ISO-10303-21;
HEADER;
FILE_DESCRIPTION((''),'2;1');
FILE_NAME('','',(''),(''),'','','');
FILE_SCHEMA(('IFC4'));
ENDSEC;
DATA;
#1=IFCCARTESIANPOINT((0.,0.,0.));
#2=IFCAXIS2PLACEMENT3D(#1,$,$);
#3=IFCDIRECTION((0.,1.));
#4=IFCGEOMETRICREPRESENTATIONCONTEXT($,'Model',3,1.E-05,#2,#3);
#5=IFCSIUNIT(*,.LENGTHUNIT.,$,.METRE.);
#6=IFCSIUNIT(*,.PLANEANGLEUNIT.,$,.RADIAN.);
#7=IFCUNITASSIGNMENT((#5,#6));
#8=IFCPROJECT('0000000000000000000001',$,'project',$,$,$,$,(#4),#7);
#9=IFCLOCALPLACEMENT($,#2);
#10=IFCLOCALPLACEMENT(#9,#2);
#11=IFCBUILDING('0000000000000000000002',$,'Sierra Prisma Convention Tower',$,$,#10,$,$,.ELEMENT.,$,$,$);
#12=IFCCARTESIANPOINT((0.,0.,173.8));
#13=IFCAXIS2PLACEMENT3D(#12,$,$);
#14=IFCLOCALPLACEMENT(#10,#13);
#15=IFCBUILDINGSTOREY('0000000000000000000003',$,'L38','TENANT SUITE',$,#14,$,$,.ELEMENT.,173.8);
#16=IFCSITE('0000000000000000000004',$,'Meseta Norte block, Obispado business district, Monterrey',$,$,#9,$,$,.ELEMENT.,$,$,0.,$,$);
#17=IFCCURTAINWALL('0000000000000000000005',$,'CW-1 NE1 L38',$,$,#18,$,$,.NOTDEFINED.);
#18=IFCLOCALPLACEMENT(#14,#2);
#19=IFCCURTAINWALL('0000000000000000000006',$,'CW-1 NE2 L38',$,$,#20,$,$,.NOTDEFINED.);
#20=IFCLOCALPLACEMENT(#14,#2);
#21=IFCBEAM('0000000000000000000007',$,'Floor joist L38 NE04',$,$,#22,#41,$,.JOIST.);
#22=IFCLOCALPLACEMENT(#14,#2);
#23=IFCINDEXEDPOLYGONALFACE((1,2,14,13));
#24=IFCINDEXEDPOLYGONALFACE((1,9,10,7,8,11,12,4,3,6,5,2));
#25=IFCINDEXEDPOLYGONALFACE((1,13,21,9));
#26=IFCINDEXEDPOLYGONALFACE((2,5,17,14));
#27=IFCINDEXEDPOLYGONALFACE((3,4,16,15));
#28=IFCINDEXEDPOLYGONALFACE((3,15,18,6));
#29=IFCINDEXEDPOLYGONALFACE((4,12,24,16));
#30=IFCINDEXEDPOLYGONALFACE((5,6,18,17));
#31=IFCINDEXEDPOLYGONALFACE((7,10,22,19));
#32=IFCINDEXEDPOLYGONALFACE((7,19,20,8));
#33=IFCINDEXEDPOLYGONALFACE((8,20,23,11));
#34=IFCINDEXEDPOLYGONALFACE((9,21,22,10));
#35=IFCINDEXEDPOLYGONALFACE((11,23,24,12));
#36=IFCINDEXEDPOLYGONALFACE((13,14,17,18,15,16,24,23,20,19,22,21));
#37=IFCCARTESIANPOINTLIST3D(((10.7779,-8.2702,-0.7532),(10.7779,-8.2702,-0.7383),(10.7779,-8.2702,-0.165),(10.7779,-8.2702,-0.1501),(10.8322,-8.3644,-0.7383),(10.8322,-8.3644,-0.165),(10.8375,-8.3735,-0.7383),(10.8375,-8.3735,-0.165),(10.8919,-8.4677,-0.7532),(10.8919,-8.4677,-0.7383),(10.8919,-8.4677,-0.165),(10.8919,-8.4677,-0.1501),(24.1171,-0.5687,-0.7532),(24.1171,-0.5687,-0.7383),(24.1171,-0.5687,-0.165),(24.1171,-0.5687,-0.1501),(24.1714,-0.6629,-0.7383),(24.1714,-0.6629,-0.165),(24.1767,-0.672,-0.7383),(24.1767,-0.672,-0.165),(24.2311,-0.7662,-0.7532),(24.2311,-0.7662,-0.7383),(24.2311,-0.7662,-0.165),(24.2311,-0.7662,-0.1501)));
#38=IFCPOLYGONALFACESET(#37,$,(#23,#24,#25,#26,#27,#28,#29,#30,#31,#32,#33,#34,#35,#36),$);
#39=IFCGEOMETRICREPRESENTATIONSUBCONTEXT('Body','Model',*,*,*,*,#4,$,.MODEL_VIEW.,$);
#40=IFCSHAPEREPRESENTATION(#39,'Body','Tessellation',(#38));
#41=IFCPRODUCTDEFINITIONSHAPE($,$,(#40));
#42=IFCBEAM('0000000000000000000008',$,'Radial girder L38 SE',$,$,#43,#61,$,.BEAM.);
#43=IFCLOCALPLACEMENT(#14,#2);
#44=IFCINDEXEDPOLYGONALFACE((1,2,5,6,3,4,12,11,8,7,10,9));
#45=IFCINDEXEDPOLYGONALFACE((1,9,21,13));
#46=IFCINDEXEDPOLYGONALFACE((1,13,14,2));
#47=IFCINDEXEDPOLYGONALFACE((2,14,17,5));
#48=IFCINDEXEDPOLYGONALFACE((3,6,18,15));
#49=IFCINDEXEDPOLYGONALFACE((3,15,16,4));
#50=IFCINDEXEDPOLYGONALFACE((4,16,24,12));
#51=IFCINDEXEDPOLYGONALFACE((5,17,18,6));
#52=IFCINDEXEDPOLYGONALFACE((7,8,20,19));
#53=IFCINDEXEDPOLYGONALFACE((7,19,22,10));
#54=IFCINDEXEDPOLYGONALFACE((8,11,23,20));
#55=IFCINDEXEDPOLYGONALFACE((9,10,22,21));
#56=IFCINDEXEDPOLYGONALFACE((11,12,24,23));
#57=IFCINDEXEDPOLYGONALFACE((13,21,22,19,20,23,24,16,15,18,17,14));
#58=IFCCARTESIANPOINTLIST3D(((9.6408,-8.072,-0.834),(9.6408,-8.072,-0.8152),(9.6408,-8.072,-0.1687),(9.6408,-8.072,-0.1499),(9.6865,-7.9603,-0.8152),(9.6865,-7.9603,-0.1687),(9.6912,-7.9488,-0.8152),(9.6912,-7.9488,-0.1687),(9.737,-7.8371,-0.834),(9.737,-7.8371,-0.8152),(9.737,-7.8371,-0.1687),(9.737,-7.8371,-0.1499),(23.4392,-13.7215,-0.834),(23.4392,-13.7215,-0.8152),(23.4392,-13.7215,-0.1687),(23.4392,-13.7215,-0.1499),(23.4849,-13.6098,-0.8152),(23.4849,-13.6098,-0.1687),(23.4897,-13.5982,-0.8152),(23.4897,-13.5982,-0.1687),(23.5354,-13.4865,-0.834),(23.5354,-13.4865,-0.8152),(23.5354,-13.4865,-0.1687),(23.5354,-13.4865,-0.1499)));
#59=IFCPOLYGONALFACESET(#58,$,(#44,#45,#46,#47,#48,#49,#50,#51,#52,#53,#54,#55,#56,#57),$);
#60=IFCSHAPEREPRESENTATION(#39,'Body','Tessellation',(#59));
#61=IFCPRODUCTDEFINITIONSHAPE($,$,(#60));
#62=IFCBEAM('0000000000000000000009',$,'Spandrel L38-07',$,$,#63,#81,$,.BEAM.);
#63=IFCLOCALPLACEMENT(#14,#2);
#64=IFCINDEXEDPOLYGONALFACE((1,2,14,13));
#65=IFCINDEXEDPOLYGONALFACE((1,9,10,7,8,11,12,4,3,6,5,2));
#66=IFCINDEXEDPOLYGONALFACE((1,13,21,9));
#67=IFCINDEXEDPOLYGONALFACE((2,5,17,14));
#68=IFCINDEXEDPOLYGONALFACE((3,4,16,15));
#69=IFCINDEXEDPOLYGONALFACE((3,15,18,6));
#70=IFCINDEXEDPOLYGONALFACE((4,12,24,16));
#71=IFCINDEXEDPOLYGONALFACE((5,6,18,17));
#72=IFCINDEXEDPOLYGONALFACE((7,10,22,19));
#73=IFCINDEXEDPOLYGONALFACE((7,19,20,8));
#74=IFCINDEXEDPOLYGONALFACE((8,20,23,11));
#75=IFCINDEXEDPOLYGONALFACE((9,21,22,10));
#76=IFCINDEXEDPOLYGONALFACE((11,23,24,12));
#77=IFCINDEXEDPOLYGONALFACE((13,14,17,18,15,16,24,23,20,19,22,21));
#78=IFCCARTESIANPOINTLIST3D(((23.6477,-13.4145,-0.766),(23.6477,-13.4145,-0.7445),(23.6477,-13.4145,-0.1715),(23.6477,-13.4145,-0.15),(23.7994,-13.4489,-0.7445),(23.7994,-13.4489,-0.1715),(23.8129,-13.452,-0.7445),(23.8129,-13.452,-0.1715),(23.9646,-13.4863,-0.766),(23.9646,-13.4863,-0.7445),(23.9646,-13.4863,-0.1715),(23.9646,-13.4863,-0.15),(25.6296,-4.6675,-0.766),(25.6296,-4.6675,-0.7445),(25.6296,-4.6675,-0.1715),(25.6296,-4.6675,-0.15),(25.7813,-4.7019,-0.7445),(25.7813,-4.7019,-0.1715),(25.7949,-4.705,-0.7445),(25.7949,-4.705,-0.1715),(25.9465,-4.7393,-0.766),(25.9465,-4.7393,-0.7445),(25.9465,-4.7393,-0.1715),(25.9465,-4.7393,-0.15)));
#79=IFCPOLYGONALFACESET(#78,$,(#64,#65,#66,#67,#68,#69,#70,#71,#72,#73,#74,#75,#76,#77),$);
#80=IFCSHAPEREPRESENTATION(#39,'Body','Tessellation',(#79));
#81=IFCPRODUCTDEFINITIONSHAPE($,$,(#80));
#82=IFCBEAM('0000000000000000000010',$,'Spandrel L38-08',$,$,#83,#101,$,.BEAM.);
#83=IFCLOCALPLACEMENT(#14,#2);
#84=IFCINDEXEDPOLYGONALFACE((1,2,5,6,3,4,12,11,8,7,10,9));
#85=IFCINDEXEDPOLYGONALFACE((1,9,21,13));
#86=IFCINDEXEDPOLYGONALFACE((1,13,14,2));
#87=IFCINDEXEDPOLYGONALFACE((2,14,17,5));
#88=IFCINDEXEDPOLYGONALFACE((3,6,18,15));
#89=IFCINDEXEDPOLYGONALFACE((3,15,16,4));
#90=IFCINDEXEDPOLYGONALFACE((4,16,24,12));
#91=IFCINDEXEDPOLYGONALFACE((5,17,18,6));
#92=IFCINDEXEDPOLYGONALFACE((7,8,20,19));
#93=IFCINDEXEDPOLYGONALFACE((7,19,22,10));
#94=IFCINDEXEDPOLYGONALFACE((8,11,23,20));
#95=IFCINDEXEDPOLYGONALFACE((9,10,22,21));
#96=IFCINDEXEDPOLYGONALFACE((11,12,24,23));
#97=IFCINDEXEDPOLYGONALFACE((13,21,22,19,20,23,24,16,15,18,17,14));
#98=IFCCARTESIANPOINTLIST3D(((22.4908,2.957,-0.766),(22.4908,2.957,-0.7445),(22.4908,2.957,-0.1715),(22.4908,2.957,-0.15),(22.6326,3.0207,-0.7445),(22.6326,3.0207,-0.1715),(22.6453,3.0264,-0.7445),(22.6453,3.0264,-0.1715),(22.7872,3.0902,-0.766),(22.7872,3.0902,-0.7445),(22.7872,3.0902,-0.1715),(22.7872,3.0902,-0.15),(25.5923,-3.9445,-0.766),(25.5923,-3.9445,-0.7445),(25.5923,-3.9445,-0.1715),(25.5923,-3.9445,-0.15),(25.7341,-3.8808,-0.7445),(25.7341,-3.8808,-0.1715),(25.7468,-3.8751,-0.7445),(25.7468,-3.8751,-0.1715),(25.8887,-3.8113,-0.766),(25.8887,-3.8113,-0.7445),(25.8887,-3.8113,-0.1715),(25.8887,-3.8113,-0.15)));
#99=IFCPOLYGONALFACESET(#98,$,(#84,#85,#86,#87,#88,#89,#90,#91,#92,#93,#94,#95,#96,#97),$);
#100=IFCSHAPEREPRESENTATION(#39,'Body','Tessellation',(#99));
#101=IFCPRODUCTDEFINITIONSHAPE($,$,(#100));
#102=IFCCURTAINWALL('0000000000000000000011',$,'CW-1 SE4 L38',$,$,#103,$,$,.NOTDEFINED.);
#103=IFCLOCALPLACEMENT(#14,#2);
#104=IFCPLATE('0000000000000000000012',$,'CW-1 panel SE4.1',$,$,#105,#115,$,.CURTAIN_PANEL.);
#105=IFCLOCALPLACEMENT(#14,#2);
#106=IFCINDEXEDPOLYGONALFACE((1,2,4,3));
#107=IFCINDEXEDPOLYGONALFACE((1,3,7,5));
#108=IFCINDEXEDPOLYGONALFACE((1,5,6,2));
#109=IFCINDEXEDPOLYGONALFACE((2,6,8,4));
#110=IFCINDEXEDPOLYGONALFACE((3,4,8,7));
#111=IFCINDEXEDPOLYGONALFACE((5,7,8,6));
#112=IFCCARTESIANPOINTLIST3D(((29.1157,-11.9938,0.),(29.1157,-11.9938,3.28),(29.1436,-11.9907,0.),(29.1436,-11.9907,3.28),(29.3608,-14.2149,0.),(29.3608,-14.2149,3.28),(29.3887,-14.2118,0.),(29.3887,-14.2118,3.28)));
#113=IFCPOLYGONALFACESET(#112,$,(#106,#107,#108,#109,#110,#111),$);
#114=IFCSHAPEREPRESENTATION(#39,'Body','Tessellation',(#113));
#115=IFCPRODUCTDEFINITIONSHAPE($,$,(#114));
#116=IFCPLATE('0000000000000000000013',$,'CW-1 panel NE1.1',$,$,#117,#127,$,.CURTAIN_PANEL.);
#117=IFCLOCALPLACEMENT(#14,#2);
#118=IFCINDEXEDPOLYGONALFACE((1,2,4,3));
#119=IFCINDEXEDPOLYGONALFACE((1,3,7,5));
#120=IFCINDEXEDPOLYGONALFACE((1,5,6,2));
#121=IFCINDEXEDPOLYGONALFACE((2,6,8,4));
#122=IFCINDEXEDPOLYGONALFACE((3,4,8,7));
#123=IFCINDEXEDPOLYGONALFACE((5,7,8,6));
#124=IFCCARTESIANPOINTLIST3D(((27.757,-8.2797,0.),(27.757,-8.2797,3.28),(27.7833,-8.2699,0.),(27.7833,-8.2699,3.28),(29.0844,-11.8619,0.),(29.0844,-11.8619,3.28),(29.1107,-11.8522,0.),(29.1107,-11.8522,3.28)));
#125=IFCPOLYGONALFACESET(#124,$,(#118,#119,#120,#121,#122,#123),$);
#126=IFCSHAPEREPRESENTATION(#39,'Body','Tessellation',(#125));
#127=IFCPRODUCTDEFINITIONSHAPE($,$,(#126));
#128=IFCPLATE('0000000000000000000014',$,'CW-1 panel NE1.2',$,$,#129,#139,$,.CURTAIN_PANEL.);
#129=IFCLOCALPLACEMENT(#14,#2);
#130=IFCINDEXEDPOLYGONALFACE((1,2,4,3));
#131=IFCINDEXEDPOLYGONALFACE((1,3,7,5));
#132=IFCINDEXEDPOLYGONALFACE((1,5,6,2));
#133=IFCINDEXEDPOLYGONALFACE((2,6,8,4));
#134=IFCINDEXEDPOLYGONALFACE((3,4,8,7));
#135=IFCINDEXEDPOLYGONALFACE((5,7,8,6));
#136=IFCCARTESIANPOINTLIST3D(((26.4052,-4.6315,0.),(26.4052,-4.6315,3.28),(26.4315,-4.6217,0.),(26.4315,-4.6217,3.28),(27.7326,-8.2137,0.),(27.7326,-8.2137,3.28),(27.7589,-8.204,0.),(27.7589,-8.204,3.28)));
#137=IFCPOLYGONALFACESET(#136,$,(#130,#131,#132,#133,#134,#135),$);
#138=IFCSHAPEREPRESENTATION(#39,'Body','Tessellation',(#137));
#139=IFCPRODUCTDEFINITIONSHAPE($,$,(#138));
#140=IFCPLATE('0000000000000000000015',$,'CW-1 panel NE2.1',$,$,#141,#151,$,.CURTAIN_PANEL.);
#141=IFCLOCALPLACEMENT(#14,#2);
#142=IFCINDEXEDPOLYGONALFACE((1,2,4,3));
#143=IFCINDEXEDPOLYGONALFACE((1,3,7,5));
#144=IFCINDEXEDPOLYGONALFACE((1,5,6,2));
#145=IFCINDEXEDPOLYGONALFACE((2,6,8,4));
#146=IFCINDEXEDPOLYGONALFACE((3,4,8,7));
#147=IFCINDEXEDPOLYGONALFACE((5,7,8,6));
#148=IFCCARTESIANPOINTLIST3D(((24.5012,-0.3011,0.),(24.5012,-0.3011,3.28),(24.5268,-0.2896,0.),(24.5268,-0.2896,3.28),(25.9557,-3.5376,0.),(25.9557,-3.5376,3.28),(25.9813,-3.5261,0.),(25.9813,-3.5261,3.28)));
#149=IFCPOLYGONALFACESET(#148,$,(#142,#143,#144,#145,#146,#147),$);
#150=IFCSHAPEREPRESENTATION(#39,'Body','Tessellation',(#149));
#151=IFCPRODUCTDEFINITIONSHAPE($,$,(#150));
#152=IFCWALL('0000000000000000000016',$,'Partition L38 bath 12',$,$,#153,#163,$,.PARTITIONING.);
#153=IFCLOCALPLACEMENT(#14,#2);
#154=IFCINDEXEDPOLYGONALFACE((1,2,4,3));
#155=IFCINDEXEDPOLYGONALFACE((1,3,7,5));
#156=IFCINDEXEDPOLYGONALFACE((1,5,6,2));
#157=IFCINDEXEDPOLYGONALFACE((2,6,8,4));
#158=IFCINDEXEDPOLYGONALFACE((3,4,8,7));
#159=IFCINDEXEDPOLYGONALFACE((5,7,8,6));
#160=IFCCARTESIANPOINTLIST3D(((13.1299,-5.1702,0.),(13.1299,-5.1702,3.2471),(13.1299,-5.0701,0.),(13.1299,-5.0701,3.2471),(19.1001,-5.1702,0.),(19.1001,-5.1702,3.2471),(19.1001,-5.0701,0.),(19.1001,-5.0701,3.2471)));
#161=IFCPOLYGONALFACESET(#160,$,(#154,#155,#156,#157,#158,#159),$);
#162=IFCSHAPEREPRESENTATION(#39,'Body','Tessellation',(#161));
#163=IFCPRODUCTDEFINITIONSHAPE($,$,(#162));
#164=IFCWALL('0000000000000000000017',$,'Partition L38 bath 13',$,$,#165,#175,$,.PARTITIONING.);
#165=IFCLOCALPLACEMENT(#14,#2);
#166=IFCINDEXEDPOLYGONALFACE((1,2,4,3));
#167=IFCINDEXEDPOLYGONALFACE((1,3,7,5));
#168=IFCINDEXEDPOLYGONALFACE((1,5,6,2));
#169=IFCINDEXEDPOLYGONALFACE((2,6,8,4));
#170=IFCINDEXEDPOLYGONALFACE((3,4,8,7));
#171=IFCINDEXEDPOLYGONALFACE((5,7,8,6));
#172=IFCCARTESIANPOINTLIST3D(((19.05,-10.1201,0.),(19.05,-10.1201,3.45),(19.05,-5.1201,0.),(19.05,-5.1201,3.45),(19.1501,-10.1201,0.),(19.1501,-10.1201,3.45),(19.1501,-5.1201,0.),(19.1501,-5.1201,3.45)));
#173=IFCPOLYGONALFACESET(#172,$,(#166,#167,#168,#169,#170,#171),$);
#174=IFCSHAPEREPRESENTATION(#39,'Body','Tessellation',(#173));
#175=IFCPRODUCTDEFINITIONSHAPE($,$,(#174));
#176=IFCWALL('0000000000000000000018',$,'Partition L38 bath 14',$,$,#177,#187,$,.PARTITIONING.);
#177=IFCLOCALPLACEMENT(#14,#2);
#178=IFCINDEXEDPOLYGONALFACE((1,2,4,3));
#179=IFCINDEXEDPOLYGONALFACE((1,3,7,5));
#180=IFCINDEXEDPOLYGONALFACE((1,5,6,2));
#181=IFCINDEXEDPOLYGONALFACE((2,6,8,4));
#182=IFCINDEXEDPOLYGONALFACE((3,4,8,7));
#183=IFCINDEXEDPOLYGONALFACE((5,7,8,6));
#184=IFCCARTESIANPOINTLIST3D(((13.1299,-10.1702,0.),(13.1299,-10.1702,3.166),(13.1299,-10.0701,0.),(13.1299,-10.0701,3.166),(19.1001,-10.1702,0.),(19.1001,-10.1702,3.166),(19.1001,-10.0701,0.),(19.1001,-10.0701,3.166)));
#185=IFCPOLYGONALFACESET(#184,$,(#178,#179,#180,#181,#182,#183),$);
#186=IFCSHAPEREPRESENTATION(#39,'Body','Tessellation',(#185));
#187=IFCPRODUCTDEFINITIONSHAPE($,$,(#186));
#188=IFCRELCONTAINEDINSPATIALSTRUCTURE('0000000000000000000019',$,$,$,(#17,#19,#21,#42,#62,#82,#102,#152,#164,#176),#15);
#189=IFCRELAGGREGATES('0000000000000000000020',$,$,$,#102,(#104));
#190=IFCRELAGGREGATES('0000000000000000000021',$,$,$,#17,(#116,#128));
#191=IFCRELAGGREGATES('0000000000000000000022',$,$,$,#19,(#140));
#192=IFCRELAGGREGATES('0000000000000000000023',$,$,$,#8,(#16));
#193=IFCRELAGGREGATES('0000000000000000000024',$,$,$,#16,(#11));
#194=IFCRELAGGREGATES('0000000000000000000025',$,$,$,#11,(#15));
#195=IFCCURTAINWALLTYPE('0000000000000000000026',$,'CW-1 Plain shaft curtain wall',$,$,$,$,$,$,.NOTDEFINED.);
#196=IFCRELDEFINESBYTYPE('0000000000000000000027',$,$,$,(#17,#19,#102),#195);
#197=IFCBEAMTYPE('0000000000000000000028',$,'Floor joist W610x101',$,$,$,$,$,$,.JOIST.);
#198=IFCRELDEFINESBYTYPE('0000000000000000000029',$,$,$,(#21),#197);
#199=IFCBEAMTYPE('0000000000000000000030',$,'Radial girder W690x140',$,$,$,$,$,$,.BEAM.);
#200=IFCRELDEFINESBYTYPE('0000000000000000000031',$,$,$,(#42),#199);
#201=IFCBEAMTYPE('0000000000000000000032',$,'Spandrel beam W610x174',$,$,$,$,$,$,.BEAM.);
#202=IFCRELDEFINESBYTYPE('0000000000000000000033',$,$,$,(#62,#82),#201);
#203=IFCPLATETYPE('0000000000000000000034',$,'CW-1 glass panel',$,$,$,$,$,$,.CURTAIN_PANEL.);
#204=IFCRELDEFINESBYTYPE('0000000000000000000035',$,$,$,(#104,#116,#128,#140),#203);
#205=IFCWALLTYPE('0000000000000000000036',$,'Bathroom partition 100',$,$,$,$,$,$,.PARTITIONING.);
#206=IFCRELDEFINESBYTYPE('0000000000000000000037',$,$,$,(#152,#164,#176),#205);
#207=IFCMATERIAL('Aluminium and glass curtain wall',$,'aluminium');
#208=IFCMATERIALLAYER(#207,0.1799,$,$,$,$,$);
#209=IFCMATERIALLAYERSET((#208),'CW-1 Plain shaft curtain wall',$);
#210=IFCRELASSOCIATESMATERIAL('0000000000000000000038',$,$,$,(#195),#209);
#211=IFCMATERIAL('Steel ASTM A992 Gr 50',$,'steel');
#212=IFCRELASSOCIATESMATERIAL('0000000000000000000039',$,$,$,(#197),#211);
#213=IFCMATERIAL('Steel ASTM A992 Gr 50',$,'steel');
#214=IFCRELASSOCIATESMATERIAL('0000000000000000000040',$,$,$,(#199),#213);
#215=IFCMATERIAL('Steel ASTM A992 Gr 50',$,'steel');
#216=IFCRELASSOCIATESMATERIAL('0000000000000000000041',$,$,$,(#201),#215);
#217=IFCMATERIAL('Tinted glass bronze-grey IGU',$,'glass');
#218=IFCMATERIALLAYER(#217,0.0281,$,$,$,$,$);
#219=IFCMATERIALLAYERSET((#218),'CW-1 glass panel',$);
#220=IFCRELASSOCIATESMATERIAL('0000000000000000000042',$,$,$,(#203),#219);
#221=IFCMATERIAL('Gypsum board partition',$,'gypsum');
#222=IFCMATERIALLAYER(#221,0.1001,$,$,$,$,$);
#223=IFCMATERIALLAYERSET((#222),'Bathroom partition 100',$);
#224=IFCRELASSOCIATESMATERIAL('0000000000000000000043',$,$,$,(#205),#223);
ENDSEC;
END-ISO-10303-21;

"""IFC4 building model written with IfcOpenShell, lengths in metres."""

from ifc_helpers import new_model, si_unit, direction, frame, frame_2d, origin, origin_2d, place, context, subcontext, project, spatial, rectangle, i_section, extrude, material, layer, layer_set, material_profile, profile_set, type_object, element, aggregate, save


model = new_model("IFC4")

# Units and contexts
model_context = context("Model", 3, precision=1e-05, world=origin(), true_north=direction((0.0, 1.0)))
body_context = subcontext(model_context, "Body", "Model", "MODEL_VIEW")
ifc_project = project(units=[si_unit("LENGTHUNIT", "METRE"), si_unit("PLANEANGLEUNIT", "RADIAN")], contexts=[model_context])

# Site, building, storey
site_placement = place(None, origin())
site = spatial("IfcSite", under=ifc_project, at=site_placement, Name="Meseta Norte block, Obispado business district, Monterrey", CompositionType="ELEMENT", RefElevation=0.0)
building_placement = place(site_placement, origin())
building = spatial("IfcBuilding", under=site, at=building_placement, Name="Sierra Prisma Convention Tower", CompositionType="ELEMENT")
storey_placement = place(building_placement, frame((0.0, 0.0, 173.8)))
storey = spatial("IfcBuildingStorey", under=building, at=storey_placement, Name="L38", Description="TENANT SUITE", CompositionType="ELEMENT", Elevation=173.8)

# Curtain walls
ifc_material_1 = material(Name="Aluminium and glass curtain wall", Category="aluminium")
ifc_layer_1 = layer(ifc_material_1, 0.1799)
ifc_layer_set_1 = layer_set([ifc_layer_1], Name="CW-1 Plain shaft curtain wall")
curtain_wall_type = type_object("IfcCurtainWallType", Name="CW-1 Plain shaft curtain wall", PredefinedType="NOTDEFINED", material=ifc_layer_set_1)
curtain_wall_1_placement = place(storey_placement, origin())
curtain_wall_1 = element("IfcCurtainWall", 1, at=curtain_wall_1_placement, inside=storey, type_object=curtain_wall_type, Name="CW-1 NE1 L38", PredefinedType="NOTDEFINED")
curtain_wall_2_placement = place(storey_placement, origin())
curtain_wall_2 = element("IfcCurtainWall", 2, at=curtain_wall_2_placement, inside=storey, type_object=curtain_wall_type, Name="CW-1 NE2 L38", PredefinedType="NOTDEFINED")

# Beams
ifc_material_2 = material(Name="Steel ASTM A992 Gr 50", Category="steel")
ifc_material_profile_1 = material_profile(ifc_material_2, i_section(OverallWidth=0.228, OverallDepth=0.603, WebThickness=0.0105, FlangeThickness=0.0149, at=origin_2d()), Name="W610x101")
ifc_profile_set_1 = profile_set([ifc_material_profile_1], Name="Steel ASTM A992 Gr 50")
beam_type_1 = type_object("IfcBeamType", Name="Floor joist W610x101", PredefinedType="JOIST", material=ifc_profile_set_1)
beam_1_placement = place(storey_placement, frame((24.1741, -0.6675, -0.4517), z_axis=(-0.866023, -0.500004, 0.0), x_axis=(0.500004, -0.866023, 0.0)))
element("IfcBeam", 3, at=beam_1_placement, inside=storey, type_object=beam_type_1, Name="Floor joist L38 NE04", PredefinedType="JOIST", context=body_context, shape_type="SweptSolid", body=[
    extrude(i_section(OverallWidth=0.228, OverallDepth=0.603, WebThickness=0.0105, FlangeThickness=0.0149, at=origin_2d()), origin(), (0.0, 0.0, 1.0), 15.4028),
])
ifc_material_3 = material(Name="Steel ASTM A992 Gr 50", Category="steel")
ifc_material_profile_2 = material_profile(ifc_material_3, i_section(OverallWidth=0.2539, OverallDepth=0.6841, WebThickness=0.0125, FlangeThickness=0.0188, at=origin_2d()), Name="W690x140")
ifc_profile_set_2 = profile_set([ifc_material_profile_2], Name="Steel ASTM A992 Gr 50")
beam_type_2 = type_object("IfcBeamType", Name="Radial girder W690x140", PredefinedType="BEAM", material=ifc_profile_set_2)
beam_2_placement = place(storey_placement, frame((23.4873, -13.604, -0.4919), z_axis=(-0.925438, 0.378899, 0.0), x_axis=(-0.378899, -0.925438, 0.0)))
element("IfcBeam", 4, at=beam_2_placement, inside=storey, type_object=beam_type_2, Name="Radial girder L38 SE", PredefinedType="BEAM", context=body_context, shape_type="SweptSolid", body=[
    extrude(i_section(OverallWidth=0.2539, OverallDepth=0.6841, WebThickness=0.0125, FlangeThickness=0.0188, at=origin_2d()), origin(), (0.0, 0.0, 1.0), 14.9102),
])
ifc_material_4 = material(Name="Steel ASTM A992 Gr 50", Category="steel")
ifc_material_profile_3 = material_profile(ifc_material_4, i_section(OverallWidth=0.325, OverallDepth=0.616, WebThickness=0.0139, FlangeThickness=0.0215, at=origin_2d()), Name="W610x174")
ifc_profile_set_3 = profile_set([ifc_material_profile_3], Name="Steel ASTM A992 Gr 50")
beam_type_3 = type_object("IfcBeamType", Name="Spandrel beam W610x174", PredefinedType="BEAM", material=ifc_profile_set_3)
beam_3_placement = place(storey_placement, frame((23.8062, -13.4504, -0.458), z_axis=(0.220981, 0.975278, 0.0), x_axis=(-0.975278, 0.220981, 0.0)))
element("IfcBeam", 5, at=beam_3_placement, inside=storey, type_object=beam_type_3, Name="Spandrel L38-07", PredefinedType="BEAM", context=body_context, shape_type="SweptSolid", body=[
    extrude(i_section(OverallWidth=0.325, OverallDepth=0.616, WebThickness=0.0139, FlangeThickness=0.0215, at=origin_2d()), origin(), (0.0, 0.0, 1.0), 8.9688),
])
beam_4_placement = place(storey_placement, frame((25.7405, -3.8779, -0.458), z_axis=(-0.409907, 0.912127, 0.0), x_axis=(-0.912127, -0.409907, 0.0)))
element("IfcBeam", 6, at=beam_4_placement, inside=storey, type_object=beam_type_3, Name="Spandrel L38-08", PredefinedType="BEAM", context=body_context, shape_type="SweptSolid", body=[
    extrude(i_section(OverallWidth=0.325, OverallDepth=0.616, WebThickness=0.0139, FlangeThickness=0.0215, at=origin_2d()), origin(), (0.0, 0.0, 1.0), 7.5664),
])

# Curtain wall, plate
curtain_wall_3_placement = place(storey_placement, origin())
curtain_wall_3 = element("IfcCurtainWall", 7, at=curtain_wall_3_placement, inside=storey, type_object=curtain_wall_type, Name="CW-1 SE4 L38", PredefinedType="NOTDEFINED")
ifc_material_5 = material(Name="Tinted glass bronze-grey IGU", Category="glass")
ifc_layer_2 = layer(ifc_material_5, 0.0281)
ifc_layer_set_2 = layer_set([ifc_layer_2], Name="CW-1 glass panel")
plate_type = type_object("IfcPlateType", Name="CW-1 glass panel", PredefinedType="CURTAIN_PANEL", material=ifc_layer_set_2)
plate_1_placement = place(storey_placement, frame((29.2522, -13.1028, 0.0), z_axis=(0.0, 0.0, 1.0), x_axis=(-0.109719, 0.993963, 0.0)))
plate_1 = element("IfcPlate", 8, at=plate_1_placement, type_object=plate_type, Name="CW-1 panel SE4.1", PredefinedType="CURTAIN_PANEL", context=body_context, shape_type="SweptSolid", body=[
    extrude(rectangle(XDim=2.2346, YDim=0.0281, at=origin_2d()), origin(), (0.0, 0.0, 1.0), 3.28),
])
aggregate(curtain_wall_3, [plate_1])

# Plates
plate_2_placement = place(storey_placement, frame((28.4338, -10.0659, 0.0), z_axis=(0.0, 0.0, 1.0), x_axis=(-0.347465, 0.937693, 0.0)))
plate_2 = element("IfcPlate", 9, at=plate_2_placement, type_object=plate_type, Name="CW-1 panel NE1.1", PredefinedType="CURTAIN_PANEL", context=body_context, shape_type="SweptSolid", body=[
    extrude(rectangle(XDim=3.8203, YDim=0.0281, at=origin_2d()), origin(), (0.0, 0.0, 1.0), 3.28),
])
plate_3_placement = place(storey_placement, frame((27.082, -6.4177, 0.0), z_axis=(0.0, 0.0, 1.0), x_axis=(-0.347465, 0.937693, 0.0)))
plate_3 = element("IfcPlate", 10, at=plate_3_placement, type_object=plate_type, Name="CW-1 panel NE1.2", PredefinedType="CURTAIN_PANEL", context=body_context, shape_type="SweptSolid", body=[
    extrude(rectangle(XDim=3.8203, YDim=0.0281, at=origin_2d()), origin(), (0.0, 0.0, 1.0), 3.28),
])
aggregate(curtain_wall_1, [plate_2, plate_3])
plate_4_placement = place(storey_placement, frame((25.2412, -1.9136, 0.0), z_axis=(0.0, 0.0, 1.0), x_axis=(-0.409914, 0.912124, 0.0)))
plate_4 = element("IfcPlate", 11, at=plate_4_placement, type_object=plate_type, Name="CW-1 panel NE2.1", PredefinedType="CURTAIN_PANEL", context=body_context, shape_type="SweptSolid", body=[
    extrude(rectangle(XDim=3.5483, YDim=0.0281, at=origin_2d()), origin(), (0.0, 0.0, 1.0), 3.28),
])
aggregate(curtain_wall_2, [plate_4])

# Walls
ifc_material_6 = material(Name="Gypsum board partition", Category="gypsum")
ifc_layer_3 = layer(ifc_material_6, 0.1001)
ifc_layer_set_3 = layer_set([ifc_layer_3], Name="Bathroom partition 100")
wall_type_1 = type_object("IfcWallType", Name="Bathroom partition 100", PredefinedType="PARTITIONING", material=ifc_layer_set_3)
wall_1_placement = place(storey_placement, frame((13.1299, -5.1201, 0.0), z_axis=(0.0, 0.0, 1.0), x_axis=(1.0, 0.0, 0.0)))
element("IfcWall", 12, at=wall_1_placement, inside=storey, type_object=wall_type_1, Name="Partition L38 bath 12", PredefinedType="PARTITIONING", context=body_context, shape_type="SweptSolid", body=[
    extrude(rectangle(XDim=5.9702, YDim=0.1001, at=frame_2d((2.9851, 0.0))), origin(), (0.0, 0.0, 1.0), 3.2471),
])
wall_2_placement = place(storey_placement, frame((19.1001, -5.1201, 0.0), z_axis=(0.0, 0.0, 1.0), x_axis=(0.0, -1.0, 0.0)))
element("IfcWall", 13, at=wall_2_placement, inside=storey, type_object=wall_type_1, Name="Partition L38 bath 13", PredefinedType="PARTITIONING", context=body_context, shape_type="SweptSolid", body=[
    extrude(rectangle(XDim=5.0, YDim=0.1001, at=frame_2d((2.5, 0.0))), origin(), (0.0, 0.0, 1.0), 3.45),
])
wall_3_placement = place(storey_placement, frame((19.1001, -10.1201, 0.0), z_axis=(0.0, 0.0, 1.0), x_axis=(-1.0, 0.0, 0.0)))
element("IfcWall", 14, at=wall_3_placement, inside=storey, type_object=wall_type_1, Name="Partition L38 bath 14", PredefinedType="PARTITIONING", context=body_context, shape_type="SweptSolid", body=[
    extrude(rectangle(XDim=5.9702, YDim=0.1001, at=frame_2d((2.9851, 0.0))), origin(), (0.0, 0.0, 1.0), 3.166),
])

save(model, "model.ifc")
